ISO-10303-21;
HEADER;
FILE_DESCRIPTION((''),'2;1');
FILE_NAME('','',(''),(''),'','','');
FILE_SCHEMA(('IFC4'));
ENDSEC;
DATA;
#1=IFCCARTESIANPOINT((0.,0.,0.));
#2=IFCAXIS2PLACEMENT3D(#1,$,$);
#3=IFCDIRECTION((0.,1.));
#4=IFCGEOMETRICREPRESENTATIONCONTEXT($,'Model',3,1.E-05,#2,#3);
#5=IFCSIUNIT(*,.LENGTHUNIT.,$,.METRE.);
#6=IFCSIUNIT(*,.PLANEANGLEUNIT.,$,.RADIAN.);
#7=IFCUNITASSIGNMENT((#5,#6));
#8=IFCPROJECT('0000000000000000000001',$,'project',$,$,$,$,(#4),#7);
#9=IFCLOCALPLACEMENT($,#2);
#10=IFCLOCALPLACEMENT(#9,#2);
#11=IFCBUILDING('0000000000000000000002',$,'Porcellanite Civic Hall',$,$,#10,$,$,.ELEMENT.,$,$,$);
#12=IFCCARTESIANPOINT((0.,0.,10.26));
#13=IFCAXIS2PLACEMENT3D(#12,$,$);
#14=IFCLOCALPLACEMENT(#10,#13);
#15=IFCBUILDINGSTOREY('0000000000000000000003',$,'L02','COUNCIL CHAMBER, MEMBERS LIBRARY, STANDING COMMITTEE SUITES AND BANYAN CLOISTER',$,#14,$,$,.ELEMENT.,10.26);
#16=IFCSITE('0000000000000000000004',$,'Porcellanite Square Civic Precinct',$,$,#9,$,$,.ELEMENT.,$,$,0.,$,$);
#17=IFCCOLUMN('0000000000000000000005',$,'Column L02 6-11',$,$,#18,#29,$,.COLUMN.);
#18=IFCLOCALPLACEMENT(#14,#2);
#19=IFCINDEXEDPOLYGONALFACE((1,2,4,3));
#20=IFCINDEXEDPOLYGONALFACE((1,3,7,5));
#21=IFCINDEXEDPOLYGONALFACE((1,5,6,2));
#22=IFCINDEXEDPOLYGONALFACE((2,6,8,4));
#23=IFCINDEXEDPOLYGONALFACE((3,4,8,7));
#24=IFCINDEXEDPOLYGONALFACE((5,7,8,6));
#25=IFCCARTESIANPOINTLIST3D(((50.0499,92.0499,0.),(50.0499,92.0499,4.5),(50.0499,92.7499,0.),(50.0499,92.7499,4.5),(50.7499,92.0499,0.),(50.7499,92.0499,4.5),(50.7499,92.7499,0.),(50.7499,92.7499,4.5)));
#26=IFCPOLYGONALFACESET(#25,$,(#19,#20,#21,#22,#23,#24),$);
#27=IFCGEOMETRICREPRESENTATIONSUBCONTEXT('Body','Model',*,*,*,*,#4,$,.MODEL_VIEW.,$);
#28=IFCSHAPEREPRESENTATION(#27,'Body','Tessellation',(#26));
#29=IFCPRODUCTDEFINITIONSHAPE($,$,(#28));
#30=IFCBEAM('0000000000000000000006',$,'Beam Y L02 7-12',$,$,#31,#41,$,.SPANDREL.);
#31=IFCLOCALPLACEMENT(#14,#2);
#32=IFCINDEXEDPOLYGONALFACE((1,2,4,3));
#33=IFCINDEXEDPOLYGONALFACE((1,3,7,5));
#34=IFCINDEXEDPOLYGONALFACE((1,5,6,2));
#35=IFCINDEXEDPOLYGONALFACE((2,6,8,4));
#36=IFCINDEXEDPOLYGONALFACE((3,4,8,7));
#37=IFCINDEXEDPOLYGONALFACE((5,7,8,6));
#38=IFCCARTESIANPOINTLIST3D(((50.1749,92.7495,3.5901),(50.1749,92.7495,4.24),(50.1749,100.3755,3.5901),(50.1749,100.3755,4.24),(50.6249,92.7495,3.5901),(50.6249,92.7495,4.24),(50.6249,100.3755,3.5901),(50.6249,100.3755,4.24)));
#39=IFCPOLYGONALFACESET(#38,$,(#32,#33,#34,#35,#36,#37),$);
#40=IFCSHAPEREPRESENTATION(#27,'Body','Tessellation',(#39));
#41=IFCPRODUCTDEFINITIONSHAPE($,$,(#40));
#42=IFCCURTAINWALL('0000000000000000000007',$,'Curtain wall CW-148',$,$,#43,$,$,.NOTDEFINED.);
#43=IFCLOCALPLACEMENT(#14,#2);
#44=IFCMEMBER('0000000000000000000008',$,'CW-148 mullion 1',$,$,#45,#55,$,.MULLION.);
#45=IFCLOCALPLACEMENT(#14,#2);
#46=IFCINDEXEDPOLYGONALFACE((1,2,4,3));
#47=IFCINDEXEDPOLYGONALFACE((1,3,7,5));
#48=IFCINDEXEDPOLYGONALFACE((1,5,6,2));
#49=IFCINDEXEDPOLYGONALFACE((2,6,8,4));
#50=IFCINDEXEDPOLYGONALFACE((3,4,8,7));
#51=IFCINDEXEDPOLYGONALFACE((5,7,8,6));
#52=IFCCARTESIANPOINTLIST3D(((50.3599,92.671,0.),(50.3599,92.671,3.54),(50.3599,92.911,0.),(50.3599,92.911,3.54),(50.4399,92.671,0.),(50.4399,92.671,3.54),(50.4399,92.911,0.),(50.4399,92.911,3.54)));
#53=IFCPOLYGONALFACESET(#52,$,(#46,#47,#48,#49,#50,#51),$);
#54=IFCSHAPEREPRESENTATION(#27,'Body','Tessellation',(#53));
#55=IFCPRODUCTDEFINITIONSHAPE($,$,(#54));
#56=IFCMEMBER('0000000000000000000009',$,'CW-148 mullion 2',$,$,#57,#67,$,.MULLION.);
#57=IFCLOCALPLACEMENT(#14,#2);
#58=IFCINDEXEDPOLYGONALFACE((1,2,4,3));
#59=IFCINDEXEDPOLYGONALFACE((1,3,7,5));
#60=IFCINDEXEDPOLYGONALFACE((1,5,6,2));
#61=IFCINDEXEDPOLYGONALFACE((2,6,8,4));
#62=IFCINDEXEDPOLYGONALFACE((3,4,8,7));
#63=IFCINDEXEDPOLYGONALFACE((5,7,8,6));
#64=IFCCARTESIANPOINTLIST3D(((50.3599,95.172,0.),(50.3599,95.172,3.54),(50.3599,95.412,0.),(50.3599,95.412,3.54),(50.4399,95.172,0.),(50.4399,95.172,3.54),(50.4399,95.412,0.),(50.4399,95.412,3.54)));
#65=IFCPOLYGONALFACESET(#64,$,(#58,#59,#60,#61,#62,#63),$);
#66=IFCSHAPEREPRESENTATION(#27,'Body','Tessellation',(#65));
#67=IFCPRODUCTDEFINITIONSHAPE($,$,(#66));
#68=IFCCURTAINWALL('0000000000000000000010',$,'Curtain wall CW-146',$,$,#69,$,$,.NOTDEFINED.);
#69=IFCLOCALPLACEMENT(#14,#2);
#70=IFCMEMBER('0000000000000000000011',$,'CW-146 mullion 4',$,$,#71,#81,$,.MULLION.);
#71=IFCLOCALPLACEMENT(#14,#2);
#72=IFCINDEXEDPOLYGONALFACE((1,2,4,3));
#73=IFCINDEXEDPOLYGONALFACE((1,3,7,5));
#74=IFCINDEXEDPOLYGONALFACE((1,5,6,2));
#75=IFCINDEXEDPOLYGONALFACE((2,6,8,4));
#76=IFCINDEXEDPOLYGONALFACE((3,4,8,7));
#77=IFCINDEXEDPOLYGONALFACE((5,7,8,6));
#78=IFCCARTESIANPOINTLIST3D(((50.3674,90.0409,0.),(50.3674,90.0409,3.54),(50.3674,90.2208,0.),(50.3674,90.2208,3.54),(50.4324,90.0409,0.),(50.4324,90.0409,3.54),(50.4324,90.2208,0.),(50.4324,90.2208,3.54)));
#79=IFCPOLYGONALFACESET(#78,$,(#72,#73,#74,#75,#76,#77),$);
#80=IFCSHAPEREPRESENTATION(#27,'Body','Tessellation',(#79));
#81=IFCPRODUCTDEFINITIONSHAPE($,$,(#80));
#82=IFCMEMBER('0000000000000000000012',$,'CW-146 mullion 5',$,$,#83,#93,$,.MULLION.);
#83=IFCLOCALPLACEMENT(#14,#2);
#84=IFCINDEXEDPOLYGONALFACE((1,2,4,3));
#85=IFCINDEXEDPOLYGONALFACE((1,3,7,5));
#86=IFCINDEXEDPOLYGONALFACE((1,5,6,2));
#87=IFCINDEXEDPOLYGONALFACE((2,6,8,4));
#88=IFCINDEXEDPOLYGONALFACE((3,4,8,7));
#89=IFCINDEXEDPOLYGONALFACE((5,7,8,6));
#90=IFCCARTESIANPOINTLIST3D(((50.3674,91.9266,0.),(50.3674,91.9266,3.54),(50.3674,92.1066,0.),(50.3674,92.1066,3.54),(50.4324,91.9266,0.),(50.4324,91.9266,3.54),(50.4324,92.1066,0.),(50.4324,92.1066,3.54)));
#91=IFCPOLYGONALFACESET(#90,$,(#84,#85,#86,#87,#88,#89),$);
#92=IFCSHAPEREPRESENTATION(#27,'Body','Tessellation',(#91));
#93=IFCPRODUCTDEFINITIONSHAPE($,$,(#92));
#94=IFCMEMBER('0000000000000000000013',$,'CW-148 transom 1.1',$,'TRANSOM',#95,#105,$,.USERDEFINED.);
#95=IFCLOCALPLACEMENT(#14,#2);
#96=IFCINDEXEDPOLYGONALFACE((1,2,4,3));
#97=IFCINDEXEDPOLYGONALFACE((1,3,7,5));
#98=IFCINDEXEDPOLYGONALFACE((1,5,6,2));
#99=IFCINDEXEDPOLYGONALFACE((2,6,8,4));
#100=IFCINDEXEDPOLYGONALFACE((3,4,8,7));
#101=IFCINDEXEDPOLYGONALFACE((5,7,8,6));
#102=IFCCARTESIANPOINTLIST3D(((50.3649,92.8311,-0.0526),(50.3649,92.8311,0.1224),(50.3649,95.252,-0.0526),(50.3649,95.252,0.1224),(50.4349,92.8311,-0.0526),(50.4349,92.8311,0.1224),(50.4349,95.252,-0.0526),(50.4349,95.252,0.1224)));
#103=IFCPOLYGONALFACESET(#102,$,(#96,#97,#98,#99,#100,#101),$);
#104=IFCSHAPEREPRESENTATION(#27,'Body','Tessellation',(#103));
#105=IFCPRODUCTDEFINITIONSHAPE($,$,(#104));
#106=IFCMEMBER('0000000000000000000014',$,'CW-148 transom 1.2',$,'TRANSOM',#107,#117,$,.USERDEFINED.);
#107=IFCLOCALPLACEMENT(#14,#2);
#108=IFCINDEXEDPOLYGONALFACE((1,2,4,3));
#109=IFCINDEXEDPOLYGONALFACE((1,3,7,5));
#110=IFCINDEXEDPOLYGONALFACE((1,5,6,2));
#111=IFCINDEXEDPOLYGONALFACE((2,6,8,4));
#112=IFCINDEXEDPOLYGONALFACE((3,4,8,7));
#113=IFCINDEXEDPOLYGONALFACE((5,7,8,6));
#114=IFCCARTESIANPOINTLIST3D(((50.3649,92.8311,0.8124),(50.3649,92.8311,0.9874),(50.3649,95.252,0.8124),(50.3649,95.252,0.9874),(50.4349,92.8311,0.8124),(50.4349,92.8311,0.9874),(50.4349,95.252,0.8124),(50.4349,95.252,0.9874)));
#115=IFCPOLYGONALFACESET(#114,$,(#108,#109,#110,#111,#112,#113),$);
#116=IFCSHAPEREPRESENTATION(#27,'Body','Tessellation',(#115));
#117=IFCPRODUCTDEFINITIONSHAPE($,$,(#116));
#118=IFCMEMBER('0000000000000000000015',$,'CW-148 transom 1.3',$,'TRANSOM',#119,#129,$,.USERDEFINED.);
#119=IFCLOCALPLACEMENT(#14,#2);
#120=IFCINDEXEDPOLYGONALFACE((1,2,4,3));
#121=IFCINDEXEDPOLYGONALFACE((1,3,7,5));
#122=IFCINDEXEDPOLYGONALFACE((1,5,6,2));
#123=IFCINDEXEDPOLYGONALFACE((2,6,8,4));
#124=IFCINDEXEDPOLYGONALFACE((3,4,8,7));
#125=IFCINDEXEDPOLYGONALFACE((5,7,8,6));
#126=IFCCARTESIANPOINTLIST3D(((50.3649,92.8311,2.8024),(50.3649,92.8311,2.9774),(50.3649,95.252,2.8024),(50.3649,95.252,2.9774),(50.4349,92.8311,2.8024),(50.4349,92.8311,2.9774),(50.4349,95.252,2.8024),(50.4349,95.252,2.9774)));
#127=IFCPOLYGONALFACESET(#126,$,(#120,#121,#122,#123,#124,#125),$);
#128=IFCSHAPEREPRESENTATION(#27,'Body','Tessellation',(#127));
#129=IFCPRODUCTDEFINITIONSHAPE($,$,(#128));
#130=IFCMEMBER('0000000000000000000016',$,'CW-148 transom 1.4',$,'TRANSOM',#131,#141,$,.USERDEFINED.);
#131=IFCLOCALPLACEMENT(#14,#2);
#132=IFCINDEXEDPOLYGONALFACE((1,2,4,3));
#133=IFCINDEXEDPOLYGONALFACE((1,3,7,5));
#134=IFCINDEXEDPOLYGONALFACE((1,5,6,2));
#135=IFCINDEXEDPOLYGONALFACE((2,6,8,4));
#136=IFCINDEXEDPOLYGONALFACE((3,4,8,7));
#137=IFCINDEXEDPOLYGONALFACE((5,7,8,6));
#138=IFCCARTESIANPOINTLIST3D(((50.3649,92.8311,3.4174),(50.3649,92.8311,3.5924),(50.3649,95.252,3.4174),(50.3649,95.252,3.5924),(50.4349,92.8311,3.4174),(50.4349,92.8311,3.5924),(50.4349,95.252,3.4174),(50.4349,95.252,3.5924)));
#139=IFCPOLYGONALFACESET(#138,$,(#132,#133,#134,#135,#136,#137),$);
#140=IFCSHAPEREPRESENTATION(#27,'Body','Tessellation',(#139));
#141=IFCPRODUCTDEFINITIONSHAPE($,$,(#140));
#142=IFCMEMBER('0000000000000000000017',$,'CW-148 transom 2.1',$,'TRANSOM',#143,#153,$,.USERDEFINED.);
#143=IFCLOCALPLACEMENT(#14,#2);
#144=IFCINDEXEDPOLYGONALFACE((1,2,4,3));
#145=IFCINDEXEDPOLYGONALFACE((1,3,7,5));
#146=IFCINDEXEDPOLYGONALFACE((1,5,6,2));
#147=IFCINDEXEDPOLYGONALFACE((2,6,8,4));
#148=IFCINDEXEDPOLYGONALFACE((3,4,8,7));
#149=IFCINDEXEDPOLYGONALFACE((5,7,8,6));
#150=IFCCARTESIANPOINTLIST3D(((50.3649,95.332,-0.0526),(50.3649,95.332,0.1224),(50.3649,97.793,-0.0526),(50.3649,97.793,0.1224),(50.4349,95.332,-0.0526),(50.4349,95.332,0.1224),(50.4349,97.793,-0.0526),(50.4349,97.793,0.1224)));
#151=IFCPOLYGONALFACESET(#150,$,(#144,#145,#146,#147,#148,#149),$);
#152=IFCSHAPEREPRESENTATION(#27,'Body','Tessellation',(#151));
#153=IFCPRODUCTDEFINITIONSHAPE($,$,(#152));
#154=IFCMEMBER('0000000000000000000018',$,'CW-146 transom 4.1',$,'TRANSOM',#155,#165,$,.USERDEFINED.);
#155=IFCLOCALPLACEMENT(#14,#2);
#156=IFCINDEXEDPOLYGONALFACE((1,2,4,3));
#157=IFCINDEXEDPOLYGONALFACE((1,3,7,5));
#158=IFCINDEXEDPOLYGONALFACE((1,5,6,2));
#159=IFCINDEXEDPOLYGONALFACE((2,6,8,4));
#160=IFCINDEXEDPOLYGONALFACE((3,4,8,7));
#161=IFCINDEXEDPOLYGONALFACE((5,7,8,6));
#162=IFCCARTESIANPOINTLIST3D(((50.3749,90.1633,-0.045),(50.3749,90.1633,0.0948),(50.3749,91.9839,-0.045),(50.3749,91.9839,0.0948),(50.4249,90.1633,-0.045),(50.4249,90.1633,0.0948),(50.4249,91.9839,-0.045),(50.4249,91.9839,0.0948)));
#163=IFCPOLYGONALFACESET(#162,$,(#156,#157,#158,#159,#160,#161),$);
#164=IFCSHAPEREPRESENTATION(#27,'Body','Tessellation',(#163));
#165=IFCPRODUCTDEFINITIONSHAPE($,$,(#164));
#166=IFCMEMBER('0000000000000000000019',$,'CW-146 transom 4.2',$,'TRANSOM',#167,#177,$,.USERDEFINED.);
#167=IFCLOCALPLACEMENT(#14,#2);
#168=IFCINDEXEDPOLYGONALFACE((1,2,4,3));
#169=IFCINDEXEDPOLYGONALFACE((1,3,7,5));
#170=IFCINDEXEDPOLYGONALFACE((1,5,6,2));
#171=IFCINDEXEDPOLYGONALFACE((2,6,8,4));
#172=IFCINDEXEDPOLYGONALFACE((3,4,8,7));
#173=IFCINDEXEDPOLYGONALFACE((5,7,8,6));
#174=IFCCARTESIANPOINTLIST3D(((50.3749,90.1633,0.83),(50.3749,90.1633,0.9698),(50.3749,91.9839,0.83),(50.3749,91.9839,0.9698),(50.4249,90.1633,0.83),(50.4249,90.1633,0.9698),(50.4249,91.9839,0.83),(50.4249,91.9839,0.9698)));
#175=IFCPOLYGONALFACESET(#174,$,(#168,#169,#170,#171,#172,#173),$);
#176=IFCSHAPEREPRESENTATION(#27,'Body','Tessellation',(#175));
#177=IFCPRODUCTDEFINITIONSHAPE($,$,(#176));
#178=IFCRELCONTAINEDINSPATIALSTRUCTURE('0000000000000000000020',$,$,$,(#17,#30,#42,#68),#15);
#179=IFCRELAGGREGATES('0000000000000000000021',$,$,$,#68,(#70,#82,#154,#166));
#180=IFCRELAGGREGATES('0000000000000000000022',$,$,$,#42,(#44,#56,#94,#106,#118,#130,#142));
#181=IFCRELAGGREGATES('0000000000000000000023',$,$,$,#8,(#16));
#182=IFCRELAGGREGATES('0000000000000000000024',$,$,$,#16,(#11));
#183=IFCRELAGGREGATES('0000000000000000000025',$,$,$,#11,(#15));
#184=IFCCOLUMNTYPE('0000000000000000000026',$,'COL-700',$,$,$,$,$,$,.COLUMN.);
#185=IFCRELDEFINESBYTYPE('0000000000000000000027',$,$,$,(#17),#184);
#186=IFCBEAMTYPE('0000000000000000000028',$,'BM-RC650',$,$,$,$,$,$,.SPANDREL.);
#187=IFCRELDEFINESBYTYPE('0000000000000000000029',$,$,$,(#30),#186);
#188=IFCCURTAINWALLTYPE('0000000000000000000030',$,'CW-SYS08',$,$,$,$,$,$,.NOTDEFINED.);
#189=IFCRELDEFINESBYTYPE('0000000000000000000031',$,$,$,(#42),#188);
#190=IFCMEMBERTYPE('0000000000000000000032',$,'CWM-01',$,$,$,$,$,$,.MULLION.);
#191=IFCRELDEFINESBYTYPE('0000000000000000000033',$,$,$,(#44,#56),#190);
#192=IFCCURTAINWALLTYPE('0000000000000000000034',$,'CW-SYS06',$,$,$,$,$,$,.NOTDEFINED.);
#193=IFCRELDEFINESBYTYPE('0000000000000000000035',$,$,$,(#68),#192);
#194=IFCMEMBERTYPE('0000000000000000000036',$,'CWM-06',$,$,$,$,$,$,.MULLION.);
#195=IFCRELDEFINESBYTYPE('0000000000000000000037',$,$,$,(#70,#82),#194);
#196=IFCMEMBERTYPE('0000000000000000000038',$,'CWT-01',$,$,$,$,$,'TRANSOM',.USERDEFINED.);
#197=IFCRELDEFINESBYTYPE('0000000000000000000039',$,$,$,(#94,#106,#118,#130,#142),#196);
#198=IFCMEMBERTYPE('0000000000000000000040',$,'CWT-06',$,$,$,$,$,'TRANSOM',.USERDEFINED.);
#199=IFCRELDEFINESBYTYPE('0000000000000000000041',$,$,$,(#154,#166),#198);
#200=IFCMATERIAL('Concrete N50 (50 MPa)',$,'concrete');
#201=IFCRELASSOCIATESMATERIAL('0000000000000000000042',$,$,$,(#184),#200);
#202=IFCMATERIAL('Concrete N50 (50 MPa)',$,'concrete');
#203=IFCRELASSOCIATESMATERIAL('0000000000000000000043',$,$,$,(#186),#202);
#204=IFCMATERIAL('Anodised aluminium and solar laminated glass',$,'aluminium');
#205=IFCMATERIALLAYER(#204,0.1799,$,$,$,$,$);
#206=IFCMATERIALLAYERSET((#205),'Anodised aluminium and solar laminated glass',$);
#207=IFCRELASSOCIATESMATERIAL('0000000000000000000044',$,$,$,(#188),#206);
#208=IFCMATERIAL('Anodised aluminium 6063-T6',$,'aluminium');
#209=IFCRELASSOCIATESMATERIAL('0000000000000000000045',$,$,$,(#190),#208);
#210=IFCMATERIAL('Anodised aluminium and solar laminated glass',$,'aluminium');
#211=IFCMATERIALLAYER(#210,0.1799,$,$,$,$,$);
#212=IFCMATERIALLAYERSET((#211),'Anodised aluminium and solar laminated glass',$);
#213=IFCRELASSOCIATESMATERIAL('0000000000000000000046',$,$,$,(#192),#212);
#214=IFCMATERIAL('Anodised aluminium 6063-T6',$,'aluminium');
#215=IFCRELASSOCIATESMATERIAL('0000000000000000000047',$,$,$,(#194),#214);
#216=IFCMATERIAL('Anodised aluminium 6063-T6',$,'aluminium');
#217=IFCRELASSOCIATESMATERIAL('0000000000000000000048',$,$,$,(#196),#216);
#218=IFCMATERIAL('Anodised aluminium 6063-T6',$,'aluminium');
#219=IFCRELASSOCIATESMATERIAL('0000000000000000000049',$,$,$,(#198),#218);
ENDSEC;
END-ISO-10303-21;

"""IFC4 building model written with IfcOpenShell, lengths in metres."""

from ifc_helpers import new_model, si_unit, direction, frame, origin, origin_2d, place, context, subcontext, project, spatial, rectangle, extrude, material, layer, layer_set, material_profile, profile_set, type_object, element, aggregate, save


model = new_model("IFC4")

# Units and contexts
model_context = context("Model", 3, precision=1e-05, world=origin(), true_north=direction((0.0, 1.0)))
body_context = subcontext(model_context, "Body", "Model", "MODEL_VIEW")
ifc_project = project(units=[si_unit("LENGTHUNIT", "METRE"), si_unit("PLANEANGLEUNIT", "RADIAN")], contexts=[model_context])

# Site, building, storey
site_placement = place(None, origin())
site = spatial("IfcSite", under=ifc_project, at=site_placement, Name="Porcellanite Square Civic Precinct", CompositionType="ELEMENT", RefElevation=0.0)
building_placement = place(site_placement, origin())
building = spatial("IfcBuilding", under=site, at=building_placement, Name="Porcellanite Civic Hall", CompositionType="ELEMENT")
storey_placement = place(building_placement, frame((0.0, 0.0, 10.26)))
storey = spatial("IfcBuildingStorey", under=building, at=storey_placement, Name="L02", Description="COUNCIL CHAMBER, MEMBERS LIBRARY, STANDING COMMITTEE SUITES AND BANYAN CLOISTER", CompositionType="ELEMENT", Elevation=10.26)

# Column
ifc_material_1 = material(Name="Concrete N50 (50 MPa)", Category="concrete")
ifc_material_profile_1 = material_profile(ifc_material_1, rectangle(XDim=0.7, YDim=0.7, at=origin_2d()), Name="RC-700x700")
ifc_profile_set_1 = profile_set([ifc_material_profile_1], Name="Concrete N50 (50 MPa)")
column_type = type_object("IfcColumnType", Name="COL-700", PredefinedType="COLUMN", material=ifc_profile_set_1)
column_placement = place(storey_placement, frame((50.3999, 92.3999, 0.0), z_axis=(0.0, 0.0, 1.0), x_axis=(1.0, 0.0, 0.0)))
element("IfcColumn", 1, at=column_placement, inside=storey, type_object=column_type, Name="Column L02 6-11", PredefinedType="COLUMN", context=body_context, shape_type="SweptSolid", body=[
    extrude(rectangle(XDim=0.7, YDim=0.7, at=origin_2d()), origin(), (0.0, 0.0, 1.0), 4.5),
])

# Beam
ifc_material_2 = material(Name="Concrete N50 (50 MPa)", Category="concrete")
ifc_material_profile_2 = material_profile(ifc_material_2, rectangle(XDim=0.45, YDim=0.6499, at=origin_2d()), Name="RC-450x650")
ifc_profile_set_2 = profile_set([ifc_material_profile_2], Name="Concrete N50 (50 MPa)")
beam_type_1 = type_object("IfcBeamType", Name="BM-RC650", PredefinedType="SPANDREL", material=ifc_profile_set_2)
beam_1_placement = place(storey_placement, frame((50.3999, 92.7495, 3.915), z_axis=(0.0, 1.0, 0.0), x_axis=(-1.0, 0.0, 0.0)))
element("IfcBeam", 2, at=beam_1_placement, inside=storey, type_object=beam_type_1, Name="Beam Y L02 7-12", PredefinedType="SPANDREL", context=body_context, shape_type="SweptSolid", body=[
    extrude(rectangle(XDim=0.45, YDim=0.6499, at=origin_2d()), origin(), (0.0, 0.0, 1.0), 7.626),
])

# Curtain walls, members
ifc_material_3 = material(Name="Anodised aluminium and solar laminated glass", Category="aluminium")
ifc_layer_1 = layer(ifc_material_3, 0.1799)
ifc_layer_set_1 = layer_set([ifc_layer_1], Name="Anodised aluminium and solar laminated glass")
curtain_wall_type_1 = type_object("IfcCurtainWallType", Name="CW-SYS08", PredefinedType="NOTDEFINED", material=ifc_layer_set_1)
curtain_wall_1_placement = place(storey_placement, origin())
curtain_wall_1 = element("IfcCurtainWall", 3, at=curtain_wall_1_placement, inside=storey, type_object=curtain_wall_type_1, Name="Curtain wall CW-148", PredefinedType="NOTDEFINED")
ifc_material_4 = material(Name="Anodised aluminium 6063-T6", Category="aluminium")
ifc_material_profile_3 = material_profile(ifc_material_4, rectangle(XDim=0.0801, YDim=0.24, at=origin_2d()), Name="AL-80x240")
ifc_profile_set_3 = profile_set([ifc_material_profile_3], Name="Anodised aluminium 6063-T6")
member_type_1 = type_object("IfcMemberType", Name="CWM-01", PredefinedType="MULLION", material=ifc_profile_set_3)
member_1_placement = place(storey_placement, frame((50.3999, 92.791, 0.0), z_axis=(0.0, 0.0, 1.0), x_axis=(-1.0, 0.0, 0.0)))
member_1 = element("IfcMember", 4, at=member_1_placement, type_object=member_type_1, Name="CW-148 mullion 1", PredefinedType="MULLION", context=body_context, shape_type="SweptSolid", body=[
    extrude(rectangle(XDim=0.0801, YDim=0.24, at=origin_2d()), origin(), (0.0, 0.0, 1.0), 3.54),
])
member_2_placement = place(storey_placement, frame((50.3999, 95.292, 0.0), z_axis=(0.0, 0.0, 1.0), x_axis=(-1.0, 0.0, 0.0)))
member_2 = element("IfcMember", 5, at=member_2_placement, type_object=member_type_1, Name="CW-148 mullion 2", PredefinedType="MULLION", context=body_context, shape_type="SweptSolid", body=[
    extrude(rectangle(XDim=0.0801, YDim=0.24, at=origin_2d()), origin(), (0.0, 0.0, 1.0), 3.54),
])
ifc_material_5 = material(Name="Anodised aluminium and solar laminated glass", Category="aluminium")
ifc_layer_2 = layer(ifc_material_5, 0.1799)
ifc_layer_set_2 = layer_set([ifc_layer_2], Name="Anodised aluminium and solar laminated glass")
curtain_wall_type_2 = type_object("IfcCurtainWallType", Name="CW-SYS06", PredefinedType="NOTDEFINED", material=ifc_layer_set_2)
curtain_wall_2_placement = place(storey_placement, origin())
curtain_wall_2 = element("IfcCurtainWall", 6, at=curtain_wall_2_placement, inside=storey, type_object=curtain_wall_type_2, Name="Curtain wall CW-146", PredefinedType="NOTDEFINED")
ifc_material_6 = material(Name="Anodised aluminium 6063-T6", Category="aluminium")
ifc_material_profile_4 = material_profile(ifc_material_6, rectangle(XDim=0.0649, YDim=0.1799, at=origin_2d()), Name="AL-65x180")
ifc_profile_set_4 = profile_set([ifc_material_profile_4], Name="Anodised aluminium 6063-T6")
member_type_2 = type_object("IfcMemberType", Name="CWM-06", PredefinedType="MULLION", material=ifc_profile_set_4)
member_3_placement = place(storey_placement, frame((50.3999, 90.1309, 0.0), z_axis=(0.0, 0.0, 1.0), x_axis=(-1.0, 0.0, 0.0)))
member_3 = element("IfcMember", 7, at=member_3_placement, type_object=member_type_2, Name="CW-146 mullion 4", PredefinedType="MULLION", context=body_context, shape_type="SweptSolid", body=[
    extrude(rectangle(XDim=0.0649, YDim=0.1799, at=origin_2d()), origin(), (0.0, 0.0, 1.0), 3.54),
])
member_4_placement = place(storey_placement, frame((50.3999, 92.0166, 0.0), z_axis=(0.0, 0.0, 1.0), x_axis=(-1.0, 0.0, 0.0)))
member_4 = element("IfcMember", 8, at=member_4_placement, type_object=member_type_2, Name="CW-146 mullion 5", PredefinedType="MULLION", context=body_context, shape_type="SweptSolid", body=[
    extrude(rectangle(XDim=0.0649, YDim=0.1799, at=origin_2d()), origin(), (0.0, 0.0, 1.0), 3.54),
])

# Members
ifc_material_7 = material(Name="Anodised aluminium 6063-T6", Category="aluminium")
ifc_material_profile_5 = material_profile(ifc_material_7, rectangle(XDim=0.0701, YDim=0.175, at=origin_2d()), Name="AL-70x175")
ifc_profile_set_5 = profile_set([ifc_material_profile_5], Name="Anodised aluminium 6063-T6")
member_type_3 = type_object("IfcMemberType", Name="CWT-01", ElementType="TRANSOM", PredefinedType="USERDEFINED", material=ifc_profile_set_5)
member_5_placement = place(storey_placement, frame((50.3999, 92.8311, 0.0349), z_axis=(0.0, 1.0, 0.0), x_axis=(-1.0, 0.0, 0.0)))
member_5 = element("IfcMember", 9, at=member_5_placement, type_object=member_type_3, Name="CW-148 transom 1.1", ObjectType="TRANSOM", PredefinedType="USERDEFINED", context=body_context, shape_type="SweptSolid", body=[
    extrude(rectangle(XDim=0.0701, YDim=0.175, at=origin_2d()), origin(), (0.0, 0.0, 1.0), 2.4209),
])
member_6_placement = place(storey_placement, frame((50.3999, 92.8311, 0.8999), z_axis=(0.0, 1.0, 0.0), x_axis=(-1.0, 0.0, 0.0)))
member_6 = element("IfcMember", 10, at=member_6_placement, type_object=member_type_3, Name="CW-148 transom 1.2", ObjectType="TRANSOM", PredefinedType="USERDEFINED", context=body_context, shape_type="SweptSolid", body=[
    extrude(rectangle(XDim=0.0701, YDim=0.175, at=origin_2d()), origin(), (0.0, 0.0, 1.0), 2.4209),
])
member_7_placement = place(storey_placement, frame((50.3999, 92.8311, 2.8899), z_axis=(0.0, 1.0, 0.0), x_axis=(-1.0, 0.0, 0.0)))
member_7 = element("IfcMember", 11, at=member_7_placement, type_object=member_type_3, Name="CW-148 transom 1.3", ObjectType="TRANSOM", PredefinedType="USERDEFINED", context=body_context, shape_type="SweptSolid", body=[
    extrude(rectangle(XDim=0.0701, YDim=0.175, at=origin_2d()), origin(), (0.0, 0.0, 1.0), 2.4209),
])
member_8_placement = place(storey_placement, frame((50.3999, 92.8311, 3.5049), z_axis=(0.0, 1.0, 0.0), x_axis=(-1.0, 0.0, 0.0)))
member_8 = element("IfcMember", 12, at=member_8_placement, type_object=member_type_3, Name="CW-148 transom 1.4", ObjectType="TRANSOM", PredefinedType="USERDEFINED", context=body_context, shape_type="SweptSolid", body=[
    extrude(rectangle(XDim=0.0701, YDim=0.175, at=origin_2d()), origin(), (0.0, 0.0, 1.0), 2.4209),
])
member_9_placement = place(storey_placement, frame((50.3999, 95.332, 0.0349), z_axis=(0.0, 1.0, 0.0), x_axis=(-1.0, 0.0, 0.0)))
member_9 = element("IfcMember", 13, at=member_9_placement, type_object=member_type_3, Name="CW-148 transom 2.1", ObjectType="TRANSOM", PredefinedType="USERDEFINED", context=body_context, shape_type="SweptSolid", body=[
    extrude(rectangle(XDim=0.0701, YDim=0.175, at=origin_2d()), origin(), (0.0, 0.0, 1.0), 2.4609),
])
ifc_material_8 = material(Name="Anodised aluminium 6063-T6", Category="aluminium")
ifc_material_profile_6 = material_profile(ifc_material_8, rectangle(XDim=0.05, YDim=0.1399, at=origin_2d()), Name="AL-50x140")
ifc_profile_set_6 = profile_set([ifc_material_profile_6], Name="Anodised aluminium 6063-T6")
member_type_4 = type_object("IfcMemberType", Name="CWT-06", ElementType="TRANSOM", PredefinedType="USERDEFINED", material=ifc_profile_set_6)
member_10_placement = place(storey_placement, frame((50.3999, 90.1633, 0.0249), z_axis=(0.0, 1.0, 0.0), x_axis=(-1.0, 0.0, 0.0)))
member_10 = element("IfcMember", 14, at=member_10_placement, type_object=member_type_4, Name="CW-146 transom 4.1", ObjectType="TRANSOM", PredefinedType="USERDEFINED", context=body_context, shape_type="SweptSolid", body=[
    extrude(rectangle(XDim=0.05, YDim=0.1399, at=origin_2d()), origin(), (0.0, 0.0, 1.0), 1.8206),
])
member_11_placement = place(storey_placement, frame((50.3999, 90.1633, 0.8999), z_axis=(0.0, 1.0, 0.0), x_axis=(-1.0, 0.0, 0.0)))
member_11 = element("IfcMember", 15, at=member_11_placement, type_object=member_type_4, Name="CW-146 transom 4.2", ObjectType="TRANSOM", PredefinedType="USERDEFINED", context=body_context, shape_type="SweptSolid", body=[
    extrude(rectangle(XDim=0.05, YDim=0.1399, at=origin_2d()), origin(), (0.0, 0.0, 1.0), 1.8206),
])

aggregate(curtain_wall_2, [member_3, member_4, member_10, member_11])
aggregate(curtain_wall_1, [member_1, member_2, member_5, member_6, member_7, member_8, member_9])

save(model, "model.ifc")
